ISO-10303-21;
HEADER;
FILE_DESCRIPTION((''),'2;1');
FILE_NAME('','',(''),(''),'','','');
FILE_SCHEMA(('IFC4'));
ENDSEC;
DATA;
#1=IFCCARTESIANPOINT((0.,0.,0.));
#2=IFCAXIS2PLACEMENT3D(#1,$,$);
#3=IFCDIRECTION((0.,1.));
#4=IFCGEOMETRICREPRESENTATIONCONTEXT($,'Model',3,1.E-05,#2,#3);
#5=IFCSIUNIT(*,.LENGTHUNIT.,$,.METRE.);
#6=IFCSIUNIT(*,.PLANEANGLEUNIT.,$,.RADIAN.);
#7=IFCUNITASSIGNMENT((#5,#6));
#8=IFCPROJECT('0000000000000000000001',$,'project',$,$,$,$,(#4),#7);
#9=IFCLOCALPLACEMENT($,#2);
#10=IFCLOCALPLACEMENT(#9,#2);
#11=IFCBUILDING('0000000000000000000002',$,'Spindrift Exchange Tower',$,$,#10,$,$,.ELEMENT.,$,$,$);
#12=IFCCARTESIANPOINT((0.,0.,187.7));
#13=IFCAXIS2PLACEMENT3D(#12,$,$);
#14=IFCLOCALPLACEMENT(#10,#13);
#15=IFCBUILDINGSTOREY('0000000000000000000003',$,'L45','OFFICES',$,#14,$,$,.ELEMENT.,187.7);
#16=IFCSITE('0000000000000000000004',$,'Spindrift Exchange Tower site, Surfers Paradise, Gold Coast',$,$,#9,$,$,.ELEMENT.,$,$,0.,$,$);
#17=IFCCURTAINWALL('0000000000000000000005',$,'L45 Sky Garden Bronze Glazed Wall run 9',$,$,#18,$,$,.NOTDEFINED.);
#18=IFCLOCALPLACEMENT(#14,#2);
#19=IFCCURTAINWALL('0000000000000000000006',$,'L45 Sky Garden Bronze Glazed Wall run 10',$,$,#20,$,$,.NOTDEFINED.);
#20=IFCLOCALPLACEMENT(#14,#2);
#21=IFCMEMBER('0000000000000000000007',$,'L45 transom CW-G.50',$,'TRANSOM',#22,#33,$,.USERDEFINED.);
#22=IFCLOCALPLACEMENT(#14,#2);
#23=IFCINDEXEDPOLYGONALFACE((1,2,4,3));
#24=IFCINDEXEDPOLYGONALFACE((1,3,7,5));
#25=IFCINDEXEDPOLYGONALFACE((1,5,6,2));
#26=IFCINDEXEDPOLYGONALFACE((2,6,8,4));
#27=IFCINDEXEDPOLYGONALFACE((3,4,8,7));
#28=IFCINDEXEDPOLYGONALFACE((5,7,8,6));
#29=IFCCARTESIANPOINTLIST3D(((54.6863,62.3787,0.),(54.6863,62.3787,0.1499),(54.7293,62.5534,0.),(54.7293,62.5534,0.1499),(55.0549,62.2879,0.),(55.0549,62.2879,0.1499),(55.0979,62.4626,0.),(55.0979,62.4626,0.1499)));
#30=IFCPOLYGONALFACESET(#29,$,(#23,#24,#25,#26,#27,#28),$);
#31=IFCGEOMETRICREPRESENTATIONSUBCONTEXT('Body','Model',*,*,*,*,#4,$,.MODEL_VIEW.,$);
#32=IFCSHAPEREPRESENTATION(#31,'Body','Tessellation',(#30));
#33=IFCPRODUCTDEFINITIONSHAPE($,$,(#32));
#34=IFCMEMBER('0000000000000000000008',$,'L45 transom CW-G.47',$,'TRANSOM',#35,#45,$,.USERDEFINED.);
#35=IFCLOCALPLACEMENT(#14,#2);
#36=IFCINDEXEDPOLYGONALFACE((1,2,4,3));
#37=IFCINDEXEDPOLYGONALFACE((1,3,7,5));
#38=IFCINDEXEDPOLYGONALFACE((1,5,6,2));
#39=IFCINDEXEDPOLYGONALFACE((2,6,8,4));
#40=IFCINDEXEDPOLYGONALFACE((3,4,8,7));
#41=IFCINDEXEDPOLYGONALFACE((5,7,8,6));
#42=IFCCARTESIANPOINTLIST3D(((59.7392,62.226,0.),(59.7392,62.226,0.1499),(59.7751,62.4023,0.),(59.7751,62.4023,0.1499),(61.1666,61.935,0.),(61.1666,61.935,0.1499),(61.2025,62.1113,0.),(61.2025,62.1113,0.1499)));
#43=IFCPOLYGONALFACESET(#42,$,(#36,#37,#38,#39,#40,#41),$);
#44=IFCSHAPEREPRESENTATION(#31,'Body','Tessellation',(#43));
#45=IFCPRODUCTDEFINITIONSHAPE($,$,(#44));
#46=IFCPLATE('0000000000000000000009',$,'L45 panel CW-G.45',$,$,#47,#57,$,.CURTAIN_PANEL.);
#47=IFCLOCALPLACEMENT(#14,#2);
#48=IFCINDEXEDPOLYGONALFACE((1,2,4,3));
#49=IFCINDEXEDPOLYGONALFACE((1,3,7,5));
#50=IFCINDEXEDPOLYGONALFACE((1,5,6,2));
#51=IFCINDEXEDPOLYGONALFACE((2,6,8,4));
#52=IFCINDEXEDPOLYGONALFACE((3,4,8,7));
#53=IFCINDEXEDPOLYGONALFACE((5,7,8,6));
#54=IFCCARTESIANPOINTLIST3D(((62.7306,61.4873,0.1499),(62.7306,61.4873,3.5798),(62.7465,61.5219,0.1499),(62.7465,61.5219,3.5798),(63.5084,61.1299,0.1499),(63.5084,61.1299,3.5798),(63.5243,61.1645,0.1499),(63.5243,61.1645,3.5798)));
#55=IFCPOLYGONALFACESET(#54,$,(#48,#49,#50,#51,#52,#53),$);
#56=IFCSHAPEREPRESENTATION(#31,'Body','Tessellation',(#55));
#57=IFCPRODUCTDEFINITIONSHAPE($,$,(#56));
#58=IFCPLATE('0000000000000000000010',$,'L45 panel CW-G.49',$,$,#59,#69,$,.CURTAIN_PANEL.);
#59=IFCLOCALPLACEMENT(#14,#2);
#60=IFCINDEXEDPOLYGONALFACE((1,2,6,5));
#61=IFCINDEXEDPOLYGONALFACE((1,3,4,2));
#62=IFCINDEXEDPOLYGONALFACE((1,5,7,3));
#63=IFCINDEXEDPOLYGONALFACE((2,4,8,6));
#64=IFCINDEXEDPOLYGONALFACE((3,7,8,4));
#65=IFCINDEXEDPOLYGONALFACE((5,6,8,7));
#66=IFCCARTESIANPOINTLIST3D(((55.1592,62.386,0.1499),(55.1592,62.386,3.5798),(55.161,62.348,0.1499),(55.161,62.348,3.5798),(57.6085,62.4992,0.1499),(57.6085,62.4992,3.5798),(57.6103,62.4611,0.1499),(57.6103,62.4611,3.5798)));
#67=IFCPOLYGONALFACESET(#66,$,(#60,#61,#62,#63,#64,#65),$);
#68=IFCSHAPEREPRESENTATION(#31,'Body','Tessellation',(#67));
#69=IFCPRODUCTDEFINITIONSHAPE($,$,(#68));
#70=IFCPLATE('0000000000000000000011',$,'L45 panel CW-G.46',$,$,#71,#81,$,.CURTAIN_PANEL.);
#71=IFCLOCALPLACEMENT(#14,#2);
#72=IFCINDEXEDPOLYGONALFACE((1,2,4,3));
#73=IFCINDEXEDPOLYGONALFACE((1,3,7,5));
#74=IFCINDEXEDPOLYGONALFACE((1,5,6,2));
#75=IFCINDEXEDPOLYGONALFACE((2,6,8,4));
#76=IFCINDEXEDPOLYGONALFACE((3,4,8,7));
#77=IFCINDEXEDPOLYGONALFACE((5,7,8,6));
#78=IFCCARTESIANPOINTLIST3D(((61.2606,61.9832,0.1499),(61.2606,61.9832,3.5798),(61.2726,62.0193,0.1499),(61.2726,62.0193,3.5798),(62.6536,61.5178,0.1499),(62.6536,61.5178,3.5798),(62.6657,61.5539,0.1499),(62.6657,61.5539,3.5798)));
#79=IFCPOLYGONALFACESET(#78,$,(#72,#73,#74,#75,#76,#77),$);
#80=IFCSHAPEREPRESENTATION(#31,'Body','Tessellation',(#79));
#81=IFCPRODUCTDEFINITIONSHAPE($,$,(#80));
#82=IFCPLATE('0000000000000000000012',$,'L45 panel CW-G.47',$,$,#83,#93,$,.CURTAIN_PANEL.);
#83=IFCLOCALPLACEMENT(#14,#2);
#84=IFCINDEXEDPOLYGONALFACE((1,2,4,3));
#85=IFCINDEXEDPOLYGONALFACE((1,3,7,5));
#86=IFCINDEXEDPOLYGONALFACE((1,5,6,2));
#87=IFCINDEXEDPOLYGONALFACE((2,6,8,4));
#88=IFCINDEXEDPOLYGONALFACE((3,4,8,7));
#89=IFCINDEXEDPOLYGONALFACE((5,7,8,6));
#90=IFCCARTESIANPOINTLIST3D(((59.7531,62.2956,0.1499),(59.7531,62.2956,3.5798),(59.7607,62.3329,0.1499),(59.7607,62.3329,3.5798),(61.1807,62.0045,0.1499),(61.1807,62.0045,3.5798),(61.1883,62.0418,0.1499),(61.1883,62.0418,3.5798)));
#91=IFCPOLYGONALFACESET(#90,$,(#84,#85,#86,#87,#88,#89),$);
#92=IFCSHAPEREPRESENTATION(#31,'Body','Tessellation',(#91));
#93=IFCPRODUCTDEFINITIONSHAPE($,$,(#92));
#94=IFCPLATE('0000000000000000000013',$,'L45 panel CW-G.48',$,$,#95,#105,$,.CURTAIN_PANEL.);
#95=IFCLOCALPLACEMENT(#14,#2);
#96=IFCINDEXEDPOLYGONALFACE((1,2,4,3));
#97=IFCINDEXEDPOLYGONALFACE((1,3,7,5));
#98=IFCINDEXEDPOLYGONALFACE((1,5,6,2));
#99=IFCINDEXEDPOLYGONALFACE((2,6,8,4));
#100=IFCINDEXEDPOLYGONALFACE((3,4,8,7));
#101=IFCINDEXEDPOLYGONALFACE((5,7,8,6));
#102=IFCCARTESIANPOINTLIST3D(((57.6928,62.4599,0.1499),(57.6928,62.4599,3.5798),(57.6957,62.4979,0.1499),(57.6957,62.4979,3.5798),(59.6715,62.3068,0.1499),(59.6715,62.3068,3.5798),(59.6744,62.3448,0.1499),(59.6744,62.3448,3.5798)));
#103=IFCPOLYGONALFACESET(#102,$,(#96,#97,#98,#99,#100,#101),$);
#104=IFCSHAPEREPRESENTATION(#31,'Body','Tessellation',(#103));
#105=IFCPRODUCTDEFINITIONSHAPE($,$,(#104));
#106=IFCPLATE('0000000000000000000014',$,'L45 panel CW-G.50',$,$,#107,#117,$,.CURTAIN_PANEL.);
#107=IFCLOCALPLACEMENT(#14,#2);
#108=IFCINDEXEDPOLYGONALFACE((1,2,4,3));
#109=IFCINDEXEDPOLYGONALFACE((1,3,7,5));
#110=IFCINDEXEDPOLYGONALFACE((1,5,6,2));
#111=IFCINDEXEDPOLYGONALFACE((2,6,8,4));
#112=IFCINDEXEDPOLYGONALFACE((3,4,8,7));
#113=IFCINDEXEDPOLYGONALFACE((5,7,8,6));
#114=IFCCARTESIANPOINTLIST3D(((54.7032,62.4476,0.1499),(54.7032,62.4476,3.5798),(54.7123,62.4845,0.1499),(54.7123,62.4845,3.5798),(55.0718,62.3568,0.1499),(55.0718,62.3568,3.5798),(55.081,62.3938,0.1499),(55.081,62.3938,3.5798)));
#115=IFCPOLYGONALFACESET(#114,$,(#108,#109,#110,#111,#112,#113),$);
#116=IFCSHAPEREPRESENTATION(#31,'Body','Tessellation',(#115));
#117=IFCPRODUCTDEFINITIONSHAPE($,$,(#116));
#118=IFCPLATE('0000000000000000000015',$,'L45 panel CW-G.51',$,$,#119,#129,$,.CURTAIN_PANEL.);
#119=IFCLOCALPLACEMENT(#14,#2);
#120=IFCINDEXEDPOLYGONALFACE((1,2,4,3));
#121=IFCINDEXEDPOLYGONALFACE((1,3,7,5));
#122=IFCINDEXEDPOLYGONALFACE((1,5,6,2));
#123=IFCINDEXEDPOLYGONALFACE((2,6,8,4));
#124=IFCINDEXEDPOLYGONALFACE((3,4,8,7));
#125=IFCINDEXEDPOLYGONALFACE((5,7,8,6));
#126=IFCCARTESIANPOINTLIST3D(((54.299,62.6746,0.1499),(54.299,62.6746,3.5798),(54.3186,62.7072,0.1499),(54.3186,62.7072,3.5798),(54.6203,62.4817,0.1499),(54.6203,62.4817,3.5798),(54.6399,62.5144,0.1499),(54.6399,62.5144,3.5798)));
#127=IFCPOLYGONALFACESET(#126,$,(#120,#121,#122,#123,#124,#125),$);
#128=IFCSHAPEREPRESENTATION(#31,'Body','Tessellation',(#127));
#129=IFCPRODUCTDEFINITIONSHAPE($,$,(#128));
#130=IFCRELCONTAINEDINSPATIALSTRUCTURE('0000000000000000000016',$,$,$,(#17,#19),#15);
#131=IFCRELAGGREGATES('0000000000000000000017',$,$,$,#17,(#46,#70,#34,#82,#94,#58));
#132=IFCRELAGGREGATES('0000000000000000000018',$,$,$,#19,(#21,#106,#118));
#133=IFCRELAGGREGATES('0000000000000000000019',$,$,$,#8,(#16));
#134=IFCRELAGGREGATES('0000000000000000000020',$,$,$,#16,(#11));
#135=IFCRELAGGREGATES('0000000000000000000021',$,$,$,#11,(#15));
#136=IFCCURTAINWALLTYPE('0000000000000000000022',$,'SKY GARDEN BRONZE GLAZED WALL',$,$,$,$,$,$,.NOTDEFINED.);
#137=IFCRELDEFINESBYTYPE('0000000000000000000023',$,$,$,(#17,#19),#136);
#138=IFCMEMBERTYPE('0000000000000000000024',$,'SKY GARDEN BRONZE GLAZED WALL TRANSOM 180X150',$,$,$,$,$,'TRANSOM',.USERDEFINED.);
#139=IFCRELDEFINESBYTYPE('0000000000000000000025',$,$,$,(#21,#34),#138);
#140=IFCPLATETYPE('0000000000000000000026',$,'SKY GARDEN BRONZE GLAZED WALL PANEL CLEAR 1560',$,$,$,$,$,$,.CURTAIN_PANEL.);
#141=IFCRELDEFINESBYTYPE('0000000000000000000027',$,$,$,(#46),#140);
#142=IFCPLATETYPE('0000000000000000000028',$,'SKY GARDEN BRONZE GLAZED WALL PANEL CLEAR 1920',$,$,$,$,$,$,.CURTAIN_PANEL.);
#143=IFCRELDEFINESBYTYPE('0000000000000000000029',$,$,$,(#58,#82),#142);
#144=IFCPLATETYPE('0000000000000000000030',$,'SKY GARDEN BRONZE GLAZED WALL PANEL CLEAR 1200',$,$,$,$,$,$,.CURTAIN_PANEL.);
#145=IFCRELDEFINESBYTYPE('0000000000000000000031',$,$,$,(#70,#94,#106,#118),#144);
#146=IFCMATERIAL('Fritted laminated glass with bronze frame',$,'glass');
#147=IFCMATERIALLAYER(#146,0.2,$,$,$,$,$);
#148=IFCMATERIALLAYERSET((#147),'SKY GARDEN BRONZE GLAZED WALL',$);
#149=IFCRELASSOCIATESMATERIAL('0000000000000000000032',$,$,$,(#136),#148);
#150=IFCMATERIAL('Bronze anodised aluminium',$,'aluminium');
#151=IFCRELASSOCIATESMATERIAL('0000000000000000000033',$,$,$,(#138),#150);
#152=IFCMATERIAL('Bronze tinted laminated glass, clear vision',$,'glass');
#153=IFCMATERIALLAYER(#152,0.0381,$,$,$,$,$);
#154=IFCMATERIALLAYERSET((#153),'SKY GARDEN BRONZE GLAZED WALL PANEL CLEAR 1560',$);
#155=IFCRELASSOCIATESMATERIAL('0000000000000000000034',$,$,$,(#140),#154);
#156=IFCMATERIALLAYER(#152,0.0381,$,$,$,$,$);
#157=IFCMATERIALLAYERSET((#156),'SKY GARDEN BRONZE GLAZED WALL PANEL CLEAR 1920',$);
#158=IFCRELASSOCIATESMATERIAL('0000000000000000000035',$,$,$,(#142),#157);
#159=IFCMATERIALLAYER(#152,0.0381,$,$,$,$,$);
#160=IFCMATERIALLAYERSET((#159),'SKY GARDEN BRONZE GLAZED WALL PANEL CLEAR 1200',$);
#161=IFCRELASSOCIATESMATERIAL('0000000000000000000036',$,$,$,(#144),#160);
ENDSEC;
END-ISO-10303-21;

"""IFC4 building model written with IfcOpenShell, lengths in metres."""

from ifc_helpers import new_model, si_unit, direction, frame, origin, origin_2d, place, context, subcontext, project, spatial, rectangle, extrude, source, transform, mapped, material, layer, layer_set, material_profile, profile_set, type_object, element, aggregate, save


model = new_model("IFC4")

# Units and contexts
model_context = context("Model", 3, precision=1e-05, world=origin(), true_north=direction((0.0, 1.0)))
body_context = subcontext(model_context, "Body", "Model", "MODEL_VIEW")
ifc_project = project(units=[si_unit("LENGTHUNIT", "METRE"), si_unit("PLANEANGLEUNIT", "RADIAN")], contexts=[model_context])

# Site, building, storey
site_placement = place(None, origin())
site = spatial("IfcSite", under=ifc_project, at=site_placement, Name="Spindrift Exchange Tower site, Surfers Paradise, Gold Coast", CompositionType="ELEMENT", RefElevation=0.0)
building_placement = place(site_placement, origin())
building = spatial("IfcBuilding", under=site, at=building_placement, Name="Spindrift Exchange Tower", CompositionType="ELEMENT")
storey_placement = place(building_placement, frame((0.0, 0.0, 187.7)))
storey = spatial("IfcBuildingStorey", under=building, at=storey_placement, Name="L45", Description="OFFICES", CompositionType="ELEMENT", Elevation=187.7)

# Curtain walls
ifc_material_1 = material(Name="Fritted laminated glass with bronze frame", Category="glass")
ifc_layer_1 = layer(ifc_material_1, 0.2)
ifc_layer_set_1 = layer_set([ifc_layer_1], Name="SKY GARDEN BRONZE GLAZED WALL")
curtain_wall_type = type_object("IfcCurtainWallType", Name="SKY GARDEN BRONZE GLAZED WALL", PredefinedType="NOTDEFINED", material=ifc_layer_set_1)
curtain_wall_1_placement = place(storey_placement, origin())
curtain_wall_1 = element("IfcCurtainWall", 1, at=curtain_wall_1_placement, inside=storey, type_object=curtain_wall_type, Name="L45 Sky Garden Bronze Glazed Wall run 9", PredefinedType="NOTDEFINED")
ifc_material_2 = material(Name="Bronze anodised aluminium", Category="aluminium")
curtain_wall_2_placement = place(storey_placement, origin())
curtain_wall_2 = element("IfcCurtainWall", 2, at=curtain_wall_2_placement, inside=storey, type_object=curtain_wall_type, Name="L45 Sky Garden Bronze Glazed Wall run 10", PredefinedType="NOTDEFINED")
ifc_material_profile_1 = material_profile(ifc_material_2, rectangle(XDim=0.1799, YDim=0.1499, at=origin_2d()), Name="SKY GARDEN BRONZE GLAZED WALL TRANSOM 180X150")
ifc_profile_set_1 = profile_set([ifc_material_profile_1], Name="Bronze anodised aluminium")
member_type_1 = type_object("IfcMemberType", Name="SKY GARDEN BRONZE GLAZED WALL TRANSOM 180X150", ElementType="TRANSOM", PredefinedType="USERDEFINED", material=ifc_profile_set_1)

# Members
shared_shape_1 = source(origin(), body_context, "Body", "SweptSolid", [
    extrude(rectangle(XDim=0.1799, YDim=0.1499, at=origin_2d()), origin(), (0.0, 0.0, 1.0), 0.3796),
])
member_1_placement = place(storey_placement, frame((55.0764, 62.3752, 0.075), z_axis=(-0.970969, 0.239206, 0.0), x_axis=(-0.239206, -0.970969, 0.0)))
member_1 = element("IfcMember", 3, at=member_1_placement, type_object=member_type_1, Name="L45 transom CW-G.50", ObjectType="TRANSOM", PredefinedType="USERDEFINED", context=body_context, shape_type="MappedRepresentation", body=[
    mapped(shared_shape_1, transform((0.0, 0.0, 0.0), scale=1.0)),
])
shared_shape_2 = source(origin(), body_context, "Body", "SweptSolid", [
    extrude(rectangle(XDim=0.1799, YDim=0.1499, at=origin_2d()), origin(), (0.0, 0.0, 1.0), 1.4568),
])
member_2_placement = place(storey_placement, frame((61.1846, 62.0232, 0.075), z_axis=(-0.979846, 0.199756, 0.0), x_axis=(-0.199756, -0.979846, 0.0)))
member_2 = element("IfcMember", 4, at=member_2_placement, type_object=member_type_1, Name="L45 transom CW-G.47", ObjectType="TRANSOM", PredefinedType="USERDEFINED", context=body_context, shape_type="MappedRepresentation", body=[
    mapped(shared_shape_2, transform((0.0, 0.0, 0.0), scale=1.0)),
])

# Plates
ifc_material_3 = material(Name="Bronze tinted laminated glass, clear vision", Category="glass")
ifc_layer_2 = layer(ifc_material_3, 0.0381)
ifc_layer_set_2 = layer_set([ifc_layer_2], Name="SKY GARDEN BRONZE GLAZED WALL PANEL CLEAR 1560")
plate_type_1 = type_object("IfcPlateType", Name="SKY GARDEN BRONZE GLAZED WALL PANEL CLEAR 1560", PredefinedType="CURTAIN_PANEL", material=ifc_layer_set_2)
shared_shape_3 = source(origin(), body_context, "Body", "SweptSolid", [
    extrude(rectangle(XDim=0.856, YDim=0.0381, at=origin_2d()), origin(), (0.0, 0.0, 1.0), 3.4299),
])
plate_1_placement = place(storey_placement, frame((63.1274, 61.3259, 0.1499), z_axis=(0.0, 0.0, 1.0), x_axis=(-0.908652, 0.417555, 0.0)))
plate_1 = element("IfcPlate", 5, at=plate_1_placement, type_object=plate_type_1, Name="L45 panel CW-G.45", PredefinedType="CURTAIN_PANEL", context=body_context, shape_type="MappedRepresentation", body=[
    mapped(shared_shape_3, transform((0.0, 0.0, 0.0), scale=1.0)),
])
ifc_layer_3 = layer(ifc_material_3, 0.0381)
ifc_layer_set_3 = layer_set([ifc_layer_3], Name="SKY GARDEN BRONZE GLAZED WALL PANEL CLEAR 1920")
plate_type_2 = type_object("IfcPlateType", Name="SKY GARDEN BRONZE GLAZED WALL PANEL CLEAR 1920", PredefinedType="CURTAIN_PANEL", material=ifc_layer_set_3)
shared_shape_4 = source(origin(), body_context, "Body", "SweptSolid", [
    extrude(rectangle(XDim=2.4519, YDim=0.0381, at=origin_2d()), origin(), (0.0, 0.0, 1.0), 3.4299),
])
plate_2_placement = place(storey_placement, frame((56.3848, 62.4236, 0.1499), z_axis=(0.0, 0.0, 1.0), x_axis=(-0.998934, -0.046158, 0.0)))
plate_2 = element("IfcPlate", 6, at=plate_2_placement, type_object=plate_type_2, Name="L45 panel CW-G.49", PredefinedType="CURTAIN_PANEL", context=body_context, shape_type="MappedRepresentation", body=[
    mapped(shared_shape_4, transform((0.0, 0.0, 0.0), scale=1.0)),
])
ifc_layer_4 = layer(ifc_material_3, 0.0381)
ifc_layer_set_4 = layer_set([ifc_layer_4], Name="SKY GARDEN BRONZE GLAZED WALL PANEL CLEAR 1200")
plate_type_3 = type_object("IfcPlateType", Name="SKY GARDEN BRONZE GLAZED WALL PANEL CLEAR 1200", PredefinedType="CURTAIN_PANEL", material=ifc_layer_set_4)
shared_shape_5 = source(origin(), body_context, "Body", "SweptSolid", [
    extrude(rectangle(XDim=1.4688, YDim=0.0381, at=origin_2d()), origin(), (0.0, 0.0, 1.0), 3.4299),
])
plate_3_placement = place(storey_placement, frame((61.9631, 61.7686, 0.1499), z_axis=(0.0, 0.0, 1.0), x_axis=(-0.948471, 0.316864, 0.0)))
plate_3 = element("IfcPlate", 7, at=plate_3_placement, type_object=plate_type_3, Name="L45 panel CW-G.46", PredefinedType="CURTAIN_PANEL", context=body_context, shape_type="MappedRepresentation", body=[
    mapped(shared_shape_5, transform((0.0, 0.0, 0.0), scale=1.0)),
])
shared_shape_6 = source(origin(), body_context, "Body", "SweptSolid", [
    extrude(rectangle(XDim=1.457, YDim=0.0381, at=origin_2d()), origin(), (0.0, 0.0, 1.0), 3.4299),
])
plate_4_placement = place(storey_placement, frame((60.4707, 62.1687, 0.1499), z_axis=(0.0, 0.0, 1.0), x_axis=(-0.979848, 0.199744, 0.0)))
plate_4 = element("IfcPlate", 8, at=plate_4_placement, type_object=plate_type_2, Name="L45 panel CW-G.47", PredefinedType="CURTAIN_PANEL", context=body_context, shape_type="MappedRepresentation", body=[
    mapped(shared_shape_6, transform((0.0, 0.0, 0.0), scale=1.0)),
])
shared_shape_7 = source(origin(), body_context, "Body", "SweptSolid", [
    extrude(rectangle(XDim=1.9846, YDim=0.0381, at=origin_2d()), origin(), (0.0, 0.0, 1.0), 3.4299),
])
plate_5_placement = place(storey_placement, frame((58.6836, 62.4023, 0.1499), z_axis=(0.0, 0.0, 1.0), x_axis=(-0.997022, 0.077114, 0.0)))
plate_5 = element("IfcPlate", 9, at=plate_5_placement, type_object=plate_type_3, Name="L45 panel CW-G.48", PredefinedType="CURTAIN_PANEL", context=body_context, shape_type="MappedRepresentation", body=[
    mapped(shared_shape_7, transform((0.0, 0.0, 0.0), scale=1.0)),
])
aggregate(curtain_wall_1, [plate_1, plate_3, member_2, plate_4, plate_5, plate_2])
shared_shape_8 = source(origin(), body_context, "Body", "SweptSolid", [
    extrude(rectangle(XDim=0.3796, YDim=0.0381, at=origin_2d()), origin(), (0.0, 0.0, 1.0), 3.4299),
])
plate_6_placement = place(storey_placement, frame((54.8921, 62.4207, 0.1499), z_axis=(0.0, 0.0, 1.0), x_axis=(-0.970985, 0.23914, 0.0)))
plate_6 = element("IfcPlate", 10, at=plate_6_placement, type_object=plate_type_3, Name="L45 panel CW-G.50", PredefinedType="CURTAIN_PANEL", context=body_context, shape_type="MappedRepresentation", body=[
    mapped(shared_shape_8, transform((0.0, 0.0, 0.0), scale=1.0)),
])
shared_shape_9 = source(origin(), body_context, "Body", "SweptSolid", [
    extrude(rectangle(XDim=0.3748, YDim=0.0381, at=origin_2d()), origin(), (0.0, 0.0, 1.0), 3.4299),
])
plate_7_placement = place(storey_placement, frame((54.4695, 62.5945, 0.1499), z_axis=(0.0, 0.0, 1.0), x_axis=(-0.857416, 0.514624, 0.0)))
plate_7 = element("IfcPlate", 11, at=plate_7_placement, type_object=plate_type_3, Name="L45 panel CW-G.51", PredefinedType="CURTAIN_PANEL", context=body_context, shape_type="MappedRepresentation", body=[
    mapped(shared_shape_9, transform((0.0, 0.0, 0.0), scale=1.0)),
])
aggregate(curtain_wall_2, [member_1, plate_6, plate_7])

save(model, "model.ifc")
